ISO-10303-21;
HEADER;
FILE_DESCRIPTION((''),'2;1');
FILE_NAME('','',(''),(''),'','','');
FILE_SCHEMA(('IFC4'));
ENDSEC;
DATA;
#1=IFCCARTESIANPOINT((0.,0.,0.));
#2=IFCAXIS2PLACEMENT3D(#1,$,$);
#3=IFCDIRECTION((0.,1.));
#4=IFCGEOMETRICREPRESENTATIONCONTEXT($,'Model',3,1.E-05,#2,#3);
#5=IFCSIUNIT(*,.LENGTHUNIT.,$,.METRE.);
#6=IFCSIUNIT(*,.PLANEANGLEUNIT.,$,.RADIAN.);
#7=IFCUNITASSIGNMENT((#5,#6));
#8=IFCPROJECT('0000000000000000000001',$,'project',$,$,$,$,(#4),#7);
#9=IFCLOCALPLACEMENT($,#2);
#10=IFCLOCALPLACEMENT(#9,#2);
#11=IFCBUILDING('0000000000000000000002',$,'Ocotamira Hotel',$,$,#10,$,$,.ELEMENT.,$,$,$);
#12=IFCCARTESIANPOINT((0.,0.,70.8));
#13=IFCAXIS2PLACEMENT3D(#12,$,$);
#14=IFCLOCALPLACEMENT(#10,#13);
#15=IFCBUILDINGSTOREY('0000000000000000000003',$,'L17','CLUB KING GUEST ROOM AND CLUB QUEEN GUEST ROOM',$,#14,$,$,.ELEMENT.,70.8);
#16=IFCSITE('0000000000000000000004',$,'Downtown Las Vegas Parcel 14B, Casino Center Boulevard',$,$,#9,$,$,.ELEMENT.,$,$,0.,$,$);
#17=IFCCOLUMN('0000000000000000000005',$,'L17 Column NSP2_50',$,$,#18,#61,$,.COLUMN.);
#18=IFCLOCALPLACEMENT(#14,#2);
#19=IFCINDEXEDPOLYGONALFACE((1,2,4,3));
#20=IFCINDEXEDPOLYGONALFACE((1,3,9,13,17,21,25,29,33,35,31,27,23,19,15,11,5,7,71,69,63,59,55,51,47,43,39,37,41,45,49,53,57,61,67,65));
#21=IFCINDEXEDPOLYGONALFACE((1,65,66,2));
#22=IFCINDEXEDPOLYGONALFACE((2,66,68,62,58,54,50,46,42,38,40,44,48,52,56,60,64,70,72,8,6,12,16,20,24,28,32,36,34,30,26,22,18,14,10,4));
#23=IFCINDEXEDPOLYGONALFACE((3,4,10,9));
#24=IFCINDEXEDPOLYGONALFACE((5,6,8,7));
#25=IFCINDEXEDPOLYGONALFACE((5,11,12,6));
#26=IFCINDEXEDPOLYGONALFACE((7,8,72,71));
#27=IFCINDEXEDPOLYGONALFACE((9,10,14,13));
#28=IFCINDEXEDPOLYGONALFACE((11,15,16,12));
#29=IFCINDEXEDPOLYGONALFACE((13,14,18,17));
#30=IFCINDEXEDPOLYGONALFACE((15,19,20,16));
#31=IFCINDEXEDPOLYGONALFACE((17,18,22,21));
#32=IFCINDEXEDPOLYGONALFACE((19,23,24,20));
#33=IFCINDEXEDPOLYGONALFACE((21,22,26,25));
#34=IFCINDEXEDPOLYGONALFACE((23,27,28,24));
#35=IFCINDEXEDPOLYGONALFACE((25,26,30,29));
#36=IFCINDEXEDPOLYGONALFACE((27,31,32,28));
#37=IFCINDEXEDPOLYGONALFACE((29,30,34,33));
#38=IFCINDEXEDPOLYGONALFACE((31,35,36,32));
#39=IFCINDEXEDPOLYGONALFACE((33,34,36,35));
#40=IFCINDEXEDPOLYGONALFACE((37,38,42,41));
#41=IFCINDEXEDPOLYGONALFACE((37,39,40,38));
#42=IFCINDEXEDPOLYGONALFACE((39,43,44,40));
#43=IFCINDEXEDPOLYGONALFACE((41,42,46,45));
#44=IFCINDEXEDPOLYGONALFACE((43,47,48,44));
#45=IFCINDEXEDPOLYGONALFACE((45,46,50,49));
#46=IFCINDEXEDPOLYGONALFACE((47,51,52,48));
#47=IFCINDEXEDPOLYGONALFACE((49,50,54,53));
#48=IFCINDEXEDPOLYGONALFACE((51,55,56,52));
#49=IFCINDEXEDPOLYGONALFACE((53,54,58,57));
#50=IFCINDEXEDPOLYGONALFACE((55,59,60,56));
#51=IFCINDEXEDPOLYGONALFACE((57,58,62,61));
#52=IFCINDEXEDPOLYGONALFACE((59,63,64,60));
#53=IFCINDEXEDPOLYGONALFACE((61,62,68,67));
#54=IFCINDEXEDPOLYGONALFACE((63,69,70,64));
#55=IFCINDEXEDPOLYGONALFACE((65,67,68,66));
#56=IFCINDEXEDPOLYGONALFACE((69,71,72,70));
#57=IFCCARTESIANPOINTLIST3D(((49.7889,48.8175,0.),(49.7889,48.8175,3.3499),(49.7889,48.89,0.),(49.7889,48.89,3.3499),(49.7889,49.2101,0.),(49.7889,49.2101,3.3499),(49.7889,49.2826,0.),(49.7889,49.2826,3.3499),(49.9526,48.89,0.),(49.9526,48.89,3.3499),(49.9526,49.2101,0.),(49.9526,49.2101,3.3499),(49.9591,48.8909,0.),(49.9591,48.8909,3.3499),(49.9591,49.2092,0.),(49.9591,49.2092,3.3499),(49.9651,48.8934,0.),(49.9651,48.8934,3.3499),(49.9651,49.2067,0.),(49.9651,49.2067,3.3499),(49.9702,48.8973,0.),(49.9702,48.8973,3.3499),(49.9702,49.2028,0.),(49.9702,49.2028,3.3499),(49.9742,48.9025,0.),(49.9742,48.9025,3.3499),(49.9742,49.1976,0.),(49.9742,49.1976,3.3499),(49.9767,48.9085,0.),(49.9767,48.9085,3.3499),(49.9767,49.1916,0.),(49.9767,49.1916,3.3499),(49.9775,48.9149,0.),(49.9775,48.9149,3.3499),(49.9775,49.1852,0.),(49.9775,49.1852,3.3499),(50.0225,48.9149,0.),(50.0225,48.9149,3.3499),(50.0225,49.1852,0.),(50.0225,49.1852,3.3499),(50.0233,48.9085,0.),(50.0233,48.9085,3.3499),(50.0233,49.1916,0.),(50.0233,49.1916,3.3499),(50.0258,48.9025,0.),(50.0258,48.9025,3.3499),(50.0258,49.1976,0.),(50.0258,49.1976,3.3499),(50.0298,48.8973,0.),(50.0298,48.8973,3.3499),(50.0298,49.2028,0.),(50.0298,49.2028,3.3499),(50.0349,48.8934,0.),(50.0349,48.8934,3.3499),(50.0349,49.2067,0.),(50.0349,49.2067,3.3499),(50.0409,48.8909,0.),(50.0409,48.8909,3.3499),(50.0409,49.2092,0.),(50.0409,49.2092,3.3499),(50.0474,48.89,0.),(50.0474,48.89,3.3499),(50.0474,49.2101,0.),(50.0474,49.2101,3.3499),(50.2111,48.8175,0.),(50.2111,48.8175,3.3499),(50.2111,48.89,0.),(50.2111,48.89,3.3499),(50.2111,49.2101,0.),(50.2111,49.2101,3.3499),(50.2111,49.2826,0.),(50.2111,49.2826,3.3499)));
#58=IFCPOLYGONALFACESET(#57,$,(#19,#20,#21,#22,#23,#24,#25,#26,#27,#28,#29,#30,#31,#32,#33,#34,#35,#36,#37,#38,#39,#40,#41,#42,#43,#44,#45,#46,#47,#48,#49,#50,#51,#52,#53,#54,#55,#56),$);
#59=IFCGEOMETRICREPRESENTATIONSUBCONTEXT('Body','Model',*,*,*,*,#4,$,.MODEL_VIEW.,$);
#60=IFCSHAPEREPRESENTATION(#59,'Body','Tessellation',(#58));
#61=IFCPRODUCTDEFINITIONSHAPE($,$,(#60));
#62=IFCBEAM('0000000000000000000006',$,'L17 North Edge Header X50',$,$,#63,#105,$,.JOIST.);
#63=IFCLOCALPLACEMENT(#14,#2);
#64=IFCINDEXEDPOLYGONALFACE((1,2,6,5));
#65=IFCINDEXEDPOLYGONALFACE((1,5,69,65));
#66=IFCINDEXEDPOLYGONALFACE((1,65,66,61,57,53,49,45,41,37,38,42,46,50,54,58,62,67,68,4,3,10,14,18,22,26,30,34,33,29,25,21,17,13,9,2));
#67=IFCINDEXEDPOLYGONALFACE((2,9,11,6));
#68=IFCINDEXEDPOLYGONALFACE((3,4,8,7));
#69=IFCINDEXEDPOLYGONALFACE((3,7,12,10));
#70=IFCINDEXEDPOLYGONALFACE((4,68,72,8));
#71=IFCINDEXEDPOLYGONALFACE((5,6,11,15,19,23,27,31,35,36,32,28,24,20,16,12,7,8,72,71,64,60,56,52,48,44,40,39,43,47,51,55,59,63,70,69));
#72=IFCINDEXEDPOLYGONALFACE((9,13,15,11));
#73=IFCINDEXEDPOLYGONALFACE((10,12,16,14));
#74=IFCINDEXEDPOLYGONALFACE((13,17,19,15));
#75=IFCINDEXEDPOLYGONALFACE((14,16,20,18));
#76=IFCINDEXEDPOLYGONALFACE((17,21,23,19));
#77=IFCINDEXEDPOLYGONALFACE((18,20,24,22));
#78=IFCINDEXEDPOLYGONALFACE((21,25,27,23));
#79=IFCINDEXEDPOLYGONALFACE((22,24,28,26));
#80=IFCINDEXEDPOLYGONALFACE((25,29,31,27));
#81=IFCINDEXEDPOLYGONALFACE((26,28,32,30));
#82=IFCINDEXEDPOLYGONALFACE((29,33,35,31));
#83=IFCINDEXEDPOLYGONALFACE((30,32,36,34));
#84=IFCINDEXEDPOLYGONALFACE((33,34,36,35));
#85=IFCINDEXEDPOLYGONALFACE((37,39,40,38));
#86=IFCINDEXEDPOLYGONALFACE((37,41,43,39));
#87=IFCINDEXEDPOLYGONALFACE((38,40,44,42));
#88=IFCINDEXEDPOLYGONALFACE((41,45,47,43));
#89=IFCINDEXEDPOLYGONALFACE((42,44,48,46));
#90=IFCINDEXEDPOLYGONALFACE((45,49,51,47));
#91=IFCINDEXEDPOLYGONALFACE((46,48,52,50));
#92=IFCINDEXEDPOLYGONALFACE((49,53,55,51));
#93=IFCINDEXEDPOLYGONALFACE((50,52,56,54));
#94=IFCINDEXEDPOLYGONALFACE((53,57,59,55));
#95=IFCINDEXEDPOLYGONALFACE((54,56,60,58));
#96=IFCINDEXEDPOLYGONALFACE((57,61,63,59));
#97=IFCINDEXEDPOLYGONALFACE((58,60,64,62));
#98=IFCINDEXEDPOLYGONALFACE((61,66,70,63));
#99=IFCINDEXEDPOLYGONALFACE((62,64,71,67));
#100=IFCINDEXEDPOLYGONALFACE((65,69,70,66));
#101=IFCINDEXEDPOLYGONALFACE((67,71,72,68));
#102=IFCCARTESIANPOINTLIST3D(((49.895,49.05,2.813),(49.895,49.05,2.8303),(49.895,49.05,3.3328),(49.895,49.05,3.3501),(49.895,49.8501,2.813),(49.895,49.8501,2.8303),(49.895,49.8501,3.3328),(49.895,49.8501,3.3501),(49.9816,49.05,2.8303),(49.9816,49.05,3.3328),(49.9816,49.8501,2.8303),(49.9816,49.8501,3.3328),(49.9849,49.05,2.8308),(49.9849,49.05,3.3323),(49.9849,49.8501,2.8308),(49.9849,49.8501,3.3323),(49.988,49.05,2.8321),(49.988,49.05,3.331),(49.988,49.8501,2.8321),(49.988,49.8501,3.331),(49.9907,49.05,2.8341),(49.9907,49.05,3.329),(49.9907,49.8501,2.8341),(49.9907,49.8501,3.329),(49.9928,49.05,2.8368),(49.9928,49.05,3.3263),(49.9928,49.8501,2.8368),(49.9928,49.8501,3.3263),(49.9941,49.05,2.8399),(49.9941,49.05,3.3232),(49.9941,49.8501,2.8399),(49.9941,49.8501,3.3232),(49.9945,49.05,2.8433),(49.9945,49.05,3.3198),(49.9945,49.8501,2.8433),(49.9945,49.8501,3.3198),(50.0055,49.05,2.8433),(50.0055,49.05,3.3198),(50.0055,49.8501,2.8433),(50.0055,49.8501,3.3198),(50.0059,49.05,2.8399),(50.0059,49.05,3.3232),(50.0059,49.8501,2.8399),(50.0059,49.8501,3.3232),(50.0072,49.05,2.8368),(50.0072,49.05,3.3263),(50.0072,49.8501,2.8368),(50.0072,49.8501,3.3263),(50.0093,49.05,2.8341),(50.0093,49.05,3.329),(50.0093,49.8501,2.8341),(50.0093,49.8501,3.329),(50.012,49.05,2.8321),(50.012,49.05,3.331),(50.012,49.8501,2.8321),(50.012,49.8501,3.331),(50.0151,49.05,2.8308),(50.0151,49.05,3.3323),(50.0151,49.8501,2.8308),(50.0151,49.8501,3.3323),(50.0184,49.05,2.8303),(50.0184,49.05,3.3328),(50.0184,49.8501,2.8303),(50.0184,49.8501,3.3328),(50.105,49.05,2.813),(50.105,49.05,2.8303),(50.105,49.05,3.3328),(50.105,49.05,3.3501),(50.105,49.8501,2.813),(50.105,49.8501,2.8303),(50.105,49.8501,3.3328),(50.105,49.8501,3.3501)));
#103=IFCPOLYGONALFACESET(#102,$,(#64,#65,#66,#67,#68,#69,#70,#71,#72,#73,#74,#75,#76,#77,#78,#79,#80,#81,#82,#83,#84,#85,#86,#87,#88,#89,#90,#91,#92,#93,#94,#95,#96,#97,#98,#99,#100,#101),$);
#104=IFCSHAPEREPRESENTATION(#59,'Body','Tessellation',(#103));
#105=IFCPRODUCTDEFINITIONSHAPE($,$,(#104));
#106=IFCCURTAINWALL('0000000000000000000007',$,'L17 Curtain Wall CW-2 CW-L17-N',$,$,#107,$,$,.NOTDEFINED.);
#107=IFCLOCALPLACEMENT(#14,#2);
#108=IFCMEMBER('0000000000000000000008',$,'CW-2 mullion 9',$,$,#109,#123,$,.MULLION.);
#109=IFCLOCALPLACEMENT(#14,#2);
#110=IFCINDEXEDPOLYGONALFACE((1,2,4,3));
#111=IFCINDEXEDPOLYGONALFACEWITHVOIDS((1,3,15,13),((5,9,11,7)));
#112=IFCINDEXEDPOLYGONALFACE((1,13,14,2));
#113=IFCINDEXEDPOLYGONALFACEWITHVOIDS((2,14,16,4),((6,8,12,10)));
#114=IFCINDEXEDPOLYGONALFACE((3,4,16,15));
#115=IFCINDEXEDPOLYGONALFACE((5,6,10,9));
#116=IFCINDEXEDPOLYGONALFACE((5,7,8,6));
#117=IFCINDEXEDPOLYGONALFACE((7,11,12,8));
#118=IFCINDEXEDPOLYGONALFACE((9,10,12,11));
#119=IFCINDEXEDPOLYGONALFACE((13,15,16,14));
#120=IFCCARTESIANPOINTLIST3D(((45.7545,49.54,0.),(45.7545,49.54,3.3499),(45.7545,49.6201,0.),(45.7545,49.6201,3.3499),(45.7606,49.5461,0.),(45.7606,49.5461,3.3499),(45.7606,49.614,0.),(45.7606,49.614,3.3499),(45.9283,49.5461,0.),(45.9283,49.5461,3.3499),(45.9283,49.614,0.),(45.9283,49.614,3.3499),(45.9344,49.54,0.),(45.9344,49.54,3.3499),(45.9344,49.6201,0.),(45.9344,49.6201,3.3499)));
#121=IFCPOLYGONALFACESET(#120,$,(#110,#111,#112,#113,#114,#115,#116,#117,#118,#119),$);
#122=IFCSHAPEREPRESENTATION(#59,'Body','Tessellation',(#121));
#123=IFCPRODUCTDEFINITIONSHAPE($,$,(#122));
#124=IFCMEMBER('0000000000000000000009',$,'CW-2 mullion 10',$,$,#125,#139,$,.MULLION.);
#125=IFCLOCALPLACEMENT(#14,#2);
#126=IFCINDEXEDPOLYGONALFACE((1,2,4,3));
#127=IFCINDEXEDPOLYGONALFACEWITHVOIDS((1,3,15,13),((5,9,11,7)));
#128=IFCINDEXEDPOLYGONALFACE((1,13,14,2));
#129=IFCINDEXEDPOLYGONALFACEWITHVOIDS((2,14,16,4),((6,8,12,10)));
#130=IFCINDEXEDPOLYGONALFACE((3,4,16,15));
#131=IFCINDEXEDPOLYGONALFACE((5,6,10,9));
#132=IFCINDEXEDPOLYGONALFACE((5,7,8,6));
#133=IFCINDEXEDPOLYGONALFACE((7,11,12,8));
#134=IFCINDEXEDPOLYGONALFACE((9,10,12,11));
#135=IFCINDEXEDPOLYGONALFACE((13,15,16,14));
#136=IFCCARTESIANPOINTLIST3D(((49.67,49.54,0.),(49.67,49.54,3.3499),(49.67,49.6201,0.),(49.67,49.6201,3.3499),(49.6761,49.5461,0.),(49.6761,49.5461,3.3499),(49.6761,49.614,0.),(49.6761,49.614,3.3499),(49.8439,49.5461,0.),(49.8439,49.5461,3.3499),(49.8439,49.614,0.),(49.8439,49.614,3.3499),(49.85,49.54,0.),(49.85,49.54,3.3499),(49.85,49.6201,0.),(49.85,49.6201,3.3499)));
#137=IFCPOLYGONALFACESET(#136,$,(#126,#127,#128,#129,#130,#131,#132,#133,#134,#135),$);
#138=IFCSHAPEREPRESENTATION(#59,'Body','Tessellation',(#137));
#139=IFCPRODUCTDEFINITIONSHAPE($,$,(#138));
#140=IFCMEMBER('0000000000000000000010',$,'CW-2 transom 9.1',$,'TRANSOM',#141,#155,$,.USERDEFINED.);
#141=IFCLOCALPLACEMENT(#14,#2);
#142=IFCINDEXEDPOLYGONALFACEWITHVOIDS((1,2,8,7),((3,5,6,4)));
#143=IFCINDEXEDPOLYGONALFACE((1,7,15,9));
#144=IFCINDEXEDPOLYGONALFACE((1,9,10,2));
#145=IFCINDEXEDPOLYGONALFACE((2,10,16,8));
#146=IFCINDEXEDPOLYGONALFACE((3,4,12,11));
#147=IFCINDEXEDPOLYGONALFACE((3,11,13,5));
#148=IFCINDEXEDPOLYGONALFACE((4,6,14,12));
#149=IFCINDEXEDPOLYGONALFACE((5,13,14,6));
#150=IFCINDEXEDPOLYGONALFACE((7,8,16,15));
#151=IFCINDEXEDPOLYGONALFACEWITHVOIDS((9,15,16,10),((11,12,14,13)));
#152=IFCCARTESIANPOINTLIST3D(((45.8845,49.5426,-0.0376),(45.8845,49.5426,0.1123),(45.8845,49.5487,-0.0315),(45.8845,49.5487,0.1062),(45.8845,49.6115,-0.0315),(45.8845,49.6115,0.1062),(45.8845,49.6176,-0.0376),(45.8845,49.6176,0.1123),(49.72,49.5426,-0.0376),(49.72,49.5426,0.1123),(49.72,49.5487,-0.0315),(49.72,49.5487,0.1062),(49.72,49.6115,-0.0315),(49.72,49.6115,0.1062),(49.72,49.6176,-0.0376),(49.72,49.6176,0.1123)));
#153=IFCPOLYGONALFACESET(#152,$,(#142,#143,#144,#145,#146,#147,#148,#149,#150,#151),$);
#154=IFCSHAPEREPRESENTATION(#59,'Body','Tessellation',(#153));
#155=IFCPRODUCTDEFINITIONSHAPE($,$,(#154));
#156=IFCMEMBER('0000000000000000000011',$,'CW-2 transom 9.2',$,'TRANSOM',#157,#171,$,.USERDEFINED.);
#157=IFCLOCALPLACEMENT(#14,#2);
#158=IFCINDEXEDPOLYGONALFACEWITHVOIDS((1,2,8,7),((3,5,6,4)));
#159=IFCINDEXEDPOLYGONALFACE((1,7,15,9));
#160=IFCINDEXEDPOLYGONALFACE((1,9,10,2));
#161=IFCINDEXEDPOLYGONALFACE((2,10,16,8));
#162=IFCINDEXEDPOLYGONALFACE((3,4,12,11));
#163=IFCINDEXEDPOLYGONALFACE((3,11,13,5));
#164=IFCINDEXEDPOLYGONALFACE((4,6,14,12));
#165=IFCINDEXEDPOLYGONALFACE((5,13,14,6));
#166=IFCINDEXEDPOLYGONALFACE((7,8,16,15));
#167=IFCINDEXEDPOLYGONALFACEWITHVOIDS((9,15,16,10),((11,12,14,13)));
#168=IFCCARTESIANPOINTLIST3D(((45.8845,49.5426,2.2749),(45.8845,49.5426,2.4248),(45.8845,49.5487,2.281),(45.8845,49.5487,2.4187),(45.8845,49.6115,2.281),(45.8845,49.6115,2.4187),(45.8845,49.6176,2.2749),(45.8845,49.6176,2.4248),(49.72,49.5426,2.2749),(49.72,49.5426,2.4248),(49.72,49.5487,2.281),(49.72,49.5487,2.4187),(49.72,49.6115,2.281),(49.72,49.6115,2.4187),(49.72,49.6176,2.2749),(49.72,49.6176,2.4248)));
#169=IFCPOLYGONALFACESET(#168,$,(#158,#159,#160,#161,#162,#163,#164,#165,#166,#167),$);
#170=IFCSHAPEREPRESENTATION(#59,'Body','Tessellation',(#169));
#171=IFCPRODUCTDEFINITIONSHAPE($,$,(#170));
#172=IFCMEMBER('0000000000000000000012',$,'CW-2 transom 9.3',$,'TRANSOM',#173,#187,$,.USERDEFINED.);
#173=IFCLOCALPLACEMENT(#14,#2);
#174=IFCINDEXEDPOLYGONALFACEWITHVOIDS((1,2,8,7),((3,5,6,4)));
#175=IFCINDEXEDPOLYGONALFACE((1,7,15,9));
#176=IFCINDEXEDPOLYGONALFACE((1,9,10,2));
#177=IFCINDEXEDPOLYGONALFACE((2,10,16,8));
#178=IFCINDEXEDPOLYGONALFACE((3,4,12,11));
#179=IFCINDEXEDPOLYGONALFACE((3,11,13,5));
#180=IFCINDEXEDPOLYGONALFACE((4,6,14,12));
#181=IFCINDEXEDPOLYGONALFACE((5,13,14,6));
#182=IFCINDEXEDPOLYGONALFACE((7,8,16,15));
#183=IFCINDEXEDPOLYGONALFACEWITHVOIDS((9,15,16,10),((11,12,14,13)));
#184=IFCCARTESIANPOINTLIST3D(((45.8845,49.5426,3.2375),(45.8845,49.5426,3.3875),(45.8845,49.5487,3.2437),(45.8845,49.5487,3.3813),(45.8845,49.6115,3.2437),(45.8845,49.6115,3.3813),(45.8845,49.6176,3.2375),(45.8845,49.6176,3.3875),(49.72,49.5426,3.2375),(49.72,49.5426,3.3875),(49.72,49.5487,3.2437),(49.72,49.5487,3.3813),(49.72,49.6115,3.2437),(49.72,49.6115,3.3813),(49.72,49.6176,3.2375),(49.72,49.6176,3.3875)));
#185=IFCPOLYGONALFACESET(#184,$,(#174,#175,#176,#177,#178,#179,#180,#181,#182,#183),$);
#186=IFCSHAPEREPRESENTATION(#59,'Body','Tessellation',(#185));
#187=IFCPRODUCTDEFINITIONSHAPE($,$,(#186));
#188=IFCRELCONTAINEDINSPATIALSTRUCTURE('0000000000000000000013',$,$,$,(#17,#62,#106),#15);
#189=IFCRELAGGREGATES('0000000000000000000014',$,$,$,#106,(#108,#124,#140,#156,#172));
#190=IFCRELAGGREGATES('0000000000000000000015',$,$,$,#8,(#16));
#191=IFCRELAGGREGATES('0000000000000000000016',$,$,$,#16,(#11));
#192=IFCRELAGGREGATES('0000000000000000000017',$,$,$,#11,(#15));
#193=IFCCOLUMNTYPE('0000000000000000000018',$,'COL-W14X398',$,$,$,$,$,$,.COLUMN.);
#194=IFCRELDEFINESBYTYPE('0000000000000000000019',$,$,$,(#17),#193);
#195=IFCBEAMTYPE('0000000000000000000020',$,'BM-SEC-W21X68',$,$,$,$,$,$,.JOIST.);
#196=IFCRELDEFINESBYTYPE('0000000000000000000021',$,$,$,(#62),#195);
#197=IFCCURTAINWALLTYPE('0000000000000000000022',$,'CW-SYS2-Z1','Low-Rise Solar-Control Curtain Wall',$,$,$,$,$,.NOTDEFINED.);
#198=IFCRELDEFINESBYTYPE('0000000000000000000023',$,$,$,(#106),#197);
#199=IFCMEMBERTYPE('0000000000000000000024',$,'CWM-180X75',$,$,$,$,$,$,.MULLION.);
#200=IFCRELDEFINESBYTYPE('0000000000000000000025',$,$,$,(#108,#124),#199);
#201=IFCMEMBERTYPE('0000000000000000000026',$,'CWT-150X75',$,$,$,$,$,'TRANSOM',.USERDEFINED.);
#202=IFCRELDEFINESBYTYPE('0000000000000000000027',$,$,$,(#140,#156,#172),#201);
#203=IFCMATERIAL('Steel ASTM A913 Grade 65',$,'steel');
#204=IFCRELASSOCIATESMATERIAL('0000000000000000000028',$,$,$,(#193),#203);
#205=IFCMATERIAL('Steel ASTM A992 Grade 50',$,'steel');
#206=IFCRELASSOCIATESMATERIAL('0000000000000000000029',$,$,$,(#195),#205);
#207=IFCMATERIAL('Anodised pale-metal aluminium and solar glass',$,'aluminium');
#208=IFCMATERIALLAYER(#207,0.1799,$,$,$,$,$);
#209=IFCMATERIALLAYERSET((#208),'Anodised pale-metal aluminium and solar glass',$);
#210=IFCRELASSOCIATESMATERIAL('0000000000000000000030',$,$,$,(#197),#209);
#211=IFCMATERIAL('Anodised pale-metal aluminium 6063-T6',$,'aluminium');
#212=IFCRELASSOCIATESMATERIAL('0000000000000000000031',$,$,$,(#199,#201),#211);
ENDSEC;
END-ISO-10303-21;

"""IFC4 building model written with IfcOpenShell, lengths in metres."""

from ifc_helpers import new_model, si_unit, direction, frame, origin, origin_2d, place, context, subcontext, project, spatial, hollow_rectangle, i_section, extrude, source, transform, mapped, material, layer, layer_set, material_profile, profile_set, type_object, element, aggregate, save


model = new_model("IFC4")

# Units and contexts
model_context = context("Model", 3, precision=1e-05, world=origin(), true_north=direction((0.0, 1.0)))
body_context = subcontext(model_context, "Body", "Model", "MODEL_VIEW")
ifc_project = project(units=[si_unit("LENGTHUNIT", "METRE"), si_unit("PLANEANGLEUNIT", "RADIAN")], contexts=[model_context])

# Site, building, storey
site_placement = place(None, origin())
site = spatial("IfcSite", under=ifc_project, at=site_placement, Name="Downtown Las Vegas Parcel 14B, Casino Center Boulevard", CompositionType="ELEMENT", RefElevation=0.0)
building_placement = place(site_placement, origin())
building = spatial("IfcBuilding", under=site, at=building_placement, Name="Ocotamira Hotel", CompositionType="ELEMENT")
storey_placement = place(building_placement, frame((0.0, 0.0, 70.8)))
storey = spatial("IfcBuildingStorey", under=building, at=storey_placement, Name="L17", Description="CLUB KING GUEST ROOM AND CLUB QUEEN GUEST ROOM", CompositionType="ELEMENT", Elevation=70.8)

# Column
ifc_material_1 = material(Name="Steel ASTM A913 Grade 65", Category="steel")
ifc_material_profile_1 = material_profile(ifc_material_1, i_section(OverallWidth=0.4221, OverallDepth=0.4651, WebThickness=0.0449, FlangeThickness=0.0725, FilletRadius=0.0249, at=origin_2d()), Name="W14X398")
ifc_profile_set_1 = profile_set([ifc_material_profile_1], Name="Steel ASTM A913 Grade 65")
column_type = type_object("IfcColumnType", Name="COL-W14X398", PredefinedType="COLUMN", material=ifc_profile_set_1)
shared_shape_1 = source(origin(), body_context, "Body", "SweptSolid", [
    extrude(i_section(OverallWidth=0.4221, OverallDepth=0.4651, WebThickness=0.0449, FlangeThickness=0.0725, FilletRadius=0.0249, at=origin_2d()), origin(), (0.0, 0.0, 1.0), 3.3499),
])
column_placement = place(storey_placement, frame((50.0, 49.05, 0.0), z_axis=(0.0, 0.0, 1.0), x_axis=(1.0, 0.0, 0.0)))
element("IfcColumn", 1, at=column_placement, inside=storey, type_object=column_type, Name="L17 Column NSP2_50", PredefinedType="COLUMN", context=body_context, shape_type="MappedRepresentation", body=[
    mapped(shared_shape_1, transform((0.0, 0.0, 0.0), scale=1.0)),
])

# Beam
ifc_material_2 = material(Name="Steel ASTM A992 Grade 50", Category="steel")
ifc_material_profile_2 = material_profile(ifc_material_2, i_section(OverallWidth=0.21, OverallDepth=0.5371, WebThickness=0.011, FlangeThickness=0.0173, FilletRadius=0.0129, at=origin_2d()), Name="W21X68")
ifc_profile_set_2 = profile_set([ifc_material_profile_2], Name="Steel ASTM A992 Grade 50")
beam_type = type_object("IfcBeamType", Name="BM-SEC-W21X68", PredefinedType="JOIST", material=ifc_profile_set_2)
shared_shape_2 = source(origin(), body_context, "Body", "SweptSolid", [
    extrude(i_section(OverallWidth=0.21, OverallDepth=0.5371, WebThickness=0.011, FlangeThickness=0.0173, FilletRadius=0.0129, at=origin_2d()), origin(), (0.0, 0.0, 1.0), 0.8),
])
beam_placement = place(storey_placement, frame((50.0, 49.05, 3.0815), z_axis=(0.0, 1.0, 0.0), x_axis=(-1.0, 0.0, 0.0)))
element("IfcBeam", 2, at=beam_placement, inside=storey, type_object=beam_type, Name="L17 North Edge Header X50", PredefinedType="JOIST", context=body_context, shape_type="MappedRepresentation", body=[
    mapped(shared_shape_2, transform((0.0, 0.0, 0.0), scale=1.0)),
])

# Curtain wall, members
ifc_material_3 = material(Name="Anodised pale-metal aluminium and solar glass", Category="aluminium")
ifc_layer_1 = layer(ifc_material_3, 0.1799)
ifc_layer_set_1 = layer_set([ifc_layer_1], Name="Anodised pale-metal aluminium and solar glass")
curtain_wall_type = type_object("IfcCurtainWallType", Name="CW-SYS2-Z1", Description="Low-Rise Solar-Control Curtain Wall", PredefinedType="NOTDEFINED", material=ifc_layer_set_1)
curtain_wall_placement = place(storey_placement, origin())
curtain_wall = element("IfcCurtainWall", 3, at=curtain_wall_placement, inside=storey, type_object=curtain_wall_type, Name="L17 Curtain Wall CW-2 CW-L17-N", PredefinedType="NOTDEFINED")
ifc_material_4 = material(Name="Anodised pale-metal aluminium 6063-T6", Category="aluminium")
ifc_material_profile_3 = material_profile(ifc_material_4, hollow_rectangle(XDim=0.0801, YDim=0.1799, WallThickness=0.0061, at=origin_2d()), Name="HSS180X80X6")
ifc_profile_set_3 = profile_set([ifc_material_profile_3], Name="Anodised pale-metal aluminium 6063-T6")
member_type_1 = type_object("IfcMemberType", Name="CWM-180X75", PredefinedType="MULLION", material=ifc_profile_set_3)
shared_shape_3 = source(origin(), body_context, "Body", "SweptSolid", [
    extrude(hollow_rectangle(XDim=0.0801, YDim=0.1799, WallThickness=0.0061, at=origin_2d()), origin(), (0.0, 0.0, 1.0), 3.3499),
])
member_1_placement = place(storey_placement, frame((45.8445, 49.5801, 0.0), z_axis=(0.0, 0.0, 1.0), x_axis=(0.0, 1.0, 0.0)))
member_1 = element("IfcMember", 4, at=member_1_placement, type_object=member_type_1, Name="CW-2 mullion 9", PredefinedType="MULLION", context=body_context, shape_type="MappedRepresentation", body=[
    mapped(shared_shape_3, transform((0.0, 0.0, 0.0), scale=1.0)),
])
member_2_placement = place(storey_placement, frame((49.76, 49.5801, 0.0), z_axis=(0.0, 0.0, 1.0), x_axis=(0.0, 1.0, 0.0)))
member_2 = element("IfcMember", 5, at=member_2_placement, type_object=member_type_1, Name="CW-2 mullion 10", PredefinedType="MULLION", context=body_context, shape_type="MappedRepresentation", body=[
    mapped(shared_shape_3, transform((0.0, 0.0, 0.0), scale=1.0)),
])
ifc_material_profile_4 = material_profile(ifc_material_4, hollow_rectangle(XDim=0.075, YDim=0.1499, WallThickness=0.0061, at=origin_2d()), Name="HSS150X75X6")
ifc_profile_set_4 = profile_set([ifc_material_profile_4], Name="Anodised pale-metal aluminium 6063-T6")
member_type_2 = type_object("IfcMemberType", Name="CWT-150X75", ElementType="TRANSOM", PredefinedType="USERDEFINED", material=ifc_profile_set_4)
shared_shape_4 = source(origin(), body_context, "Body", "SweptSolid", [
    extrude(hollow_rectangle(XDim=0.075, YDim=0.1499, WallThickness=0.0061, at=origin_2d()), origin(), (0.0, 0.0, 1.0), 3.8354),
])
member_3_placement = place(storey_placement, frame((45.8845, 49.5801, 0.0374), z_axis=(1.0, 0.0, 0.0), x_axis=(0.0, 1.0, 0.0)))
member_3 = element("IfcMember", 6, at=member_3_placement, type_object=member_type_2, Name="CW-2 transom 9.1", ObjectType="TRANSOM", PredefinedType="USERDEFINED", context=body_context, shape_type="MappedRepresentation", body=[
    mapped(shared_shape_4, transform((0.0, 0.0, 0.0), scale=1.0)),
])
member_4_placement = place(storey_placement, frame((45.8845, 49.5801, 2.3499), z_axis=(1.0, 0.0, 0.0), x_axis=(0.0, 1.0, 0.0)))
member_4 = element("IfcMember", 7, at=member_4_placement, type_object=member_type_2, Name="CW-2 transom 9.2", ObjectType="TRANSOM", PredefinedType="USERDEFINED", context=body_context, shape_type="MappedRepresentation", body=[
    mapped(shared_shape_4, transform((0.0, 0.0, 0.0), scale=1.0)),
])
member_5_placement = place(storey_placement, frame((45.8845, 49.5801, 3.3125), z_axis=(1.0, 0.0, 0.0), x_axis=(0.0, 1.0, 0.0)))
member_5 = element("IfcMember", 8, at=member_5_placement, type_object=member_type_2, Name="CW-2 transom 9.3", ObjectType="TRANSOM", PredefinedType="USERDEFINED", context=body_context, shape_type="MappedRepresentation", body=[
    mapped(shared_shape_4, transform((0.0, 0.0, 0.0), scale=1.0)),
])

aggregate(curtain_wall, [member_1, member_2, member_3, member_4, member_5])

save(model, "model.ifc")
